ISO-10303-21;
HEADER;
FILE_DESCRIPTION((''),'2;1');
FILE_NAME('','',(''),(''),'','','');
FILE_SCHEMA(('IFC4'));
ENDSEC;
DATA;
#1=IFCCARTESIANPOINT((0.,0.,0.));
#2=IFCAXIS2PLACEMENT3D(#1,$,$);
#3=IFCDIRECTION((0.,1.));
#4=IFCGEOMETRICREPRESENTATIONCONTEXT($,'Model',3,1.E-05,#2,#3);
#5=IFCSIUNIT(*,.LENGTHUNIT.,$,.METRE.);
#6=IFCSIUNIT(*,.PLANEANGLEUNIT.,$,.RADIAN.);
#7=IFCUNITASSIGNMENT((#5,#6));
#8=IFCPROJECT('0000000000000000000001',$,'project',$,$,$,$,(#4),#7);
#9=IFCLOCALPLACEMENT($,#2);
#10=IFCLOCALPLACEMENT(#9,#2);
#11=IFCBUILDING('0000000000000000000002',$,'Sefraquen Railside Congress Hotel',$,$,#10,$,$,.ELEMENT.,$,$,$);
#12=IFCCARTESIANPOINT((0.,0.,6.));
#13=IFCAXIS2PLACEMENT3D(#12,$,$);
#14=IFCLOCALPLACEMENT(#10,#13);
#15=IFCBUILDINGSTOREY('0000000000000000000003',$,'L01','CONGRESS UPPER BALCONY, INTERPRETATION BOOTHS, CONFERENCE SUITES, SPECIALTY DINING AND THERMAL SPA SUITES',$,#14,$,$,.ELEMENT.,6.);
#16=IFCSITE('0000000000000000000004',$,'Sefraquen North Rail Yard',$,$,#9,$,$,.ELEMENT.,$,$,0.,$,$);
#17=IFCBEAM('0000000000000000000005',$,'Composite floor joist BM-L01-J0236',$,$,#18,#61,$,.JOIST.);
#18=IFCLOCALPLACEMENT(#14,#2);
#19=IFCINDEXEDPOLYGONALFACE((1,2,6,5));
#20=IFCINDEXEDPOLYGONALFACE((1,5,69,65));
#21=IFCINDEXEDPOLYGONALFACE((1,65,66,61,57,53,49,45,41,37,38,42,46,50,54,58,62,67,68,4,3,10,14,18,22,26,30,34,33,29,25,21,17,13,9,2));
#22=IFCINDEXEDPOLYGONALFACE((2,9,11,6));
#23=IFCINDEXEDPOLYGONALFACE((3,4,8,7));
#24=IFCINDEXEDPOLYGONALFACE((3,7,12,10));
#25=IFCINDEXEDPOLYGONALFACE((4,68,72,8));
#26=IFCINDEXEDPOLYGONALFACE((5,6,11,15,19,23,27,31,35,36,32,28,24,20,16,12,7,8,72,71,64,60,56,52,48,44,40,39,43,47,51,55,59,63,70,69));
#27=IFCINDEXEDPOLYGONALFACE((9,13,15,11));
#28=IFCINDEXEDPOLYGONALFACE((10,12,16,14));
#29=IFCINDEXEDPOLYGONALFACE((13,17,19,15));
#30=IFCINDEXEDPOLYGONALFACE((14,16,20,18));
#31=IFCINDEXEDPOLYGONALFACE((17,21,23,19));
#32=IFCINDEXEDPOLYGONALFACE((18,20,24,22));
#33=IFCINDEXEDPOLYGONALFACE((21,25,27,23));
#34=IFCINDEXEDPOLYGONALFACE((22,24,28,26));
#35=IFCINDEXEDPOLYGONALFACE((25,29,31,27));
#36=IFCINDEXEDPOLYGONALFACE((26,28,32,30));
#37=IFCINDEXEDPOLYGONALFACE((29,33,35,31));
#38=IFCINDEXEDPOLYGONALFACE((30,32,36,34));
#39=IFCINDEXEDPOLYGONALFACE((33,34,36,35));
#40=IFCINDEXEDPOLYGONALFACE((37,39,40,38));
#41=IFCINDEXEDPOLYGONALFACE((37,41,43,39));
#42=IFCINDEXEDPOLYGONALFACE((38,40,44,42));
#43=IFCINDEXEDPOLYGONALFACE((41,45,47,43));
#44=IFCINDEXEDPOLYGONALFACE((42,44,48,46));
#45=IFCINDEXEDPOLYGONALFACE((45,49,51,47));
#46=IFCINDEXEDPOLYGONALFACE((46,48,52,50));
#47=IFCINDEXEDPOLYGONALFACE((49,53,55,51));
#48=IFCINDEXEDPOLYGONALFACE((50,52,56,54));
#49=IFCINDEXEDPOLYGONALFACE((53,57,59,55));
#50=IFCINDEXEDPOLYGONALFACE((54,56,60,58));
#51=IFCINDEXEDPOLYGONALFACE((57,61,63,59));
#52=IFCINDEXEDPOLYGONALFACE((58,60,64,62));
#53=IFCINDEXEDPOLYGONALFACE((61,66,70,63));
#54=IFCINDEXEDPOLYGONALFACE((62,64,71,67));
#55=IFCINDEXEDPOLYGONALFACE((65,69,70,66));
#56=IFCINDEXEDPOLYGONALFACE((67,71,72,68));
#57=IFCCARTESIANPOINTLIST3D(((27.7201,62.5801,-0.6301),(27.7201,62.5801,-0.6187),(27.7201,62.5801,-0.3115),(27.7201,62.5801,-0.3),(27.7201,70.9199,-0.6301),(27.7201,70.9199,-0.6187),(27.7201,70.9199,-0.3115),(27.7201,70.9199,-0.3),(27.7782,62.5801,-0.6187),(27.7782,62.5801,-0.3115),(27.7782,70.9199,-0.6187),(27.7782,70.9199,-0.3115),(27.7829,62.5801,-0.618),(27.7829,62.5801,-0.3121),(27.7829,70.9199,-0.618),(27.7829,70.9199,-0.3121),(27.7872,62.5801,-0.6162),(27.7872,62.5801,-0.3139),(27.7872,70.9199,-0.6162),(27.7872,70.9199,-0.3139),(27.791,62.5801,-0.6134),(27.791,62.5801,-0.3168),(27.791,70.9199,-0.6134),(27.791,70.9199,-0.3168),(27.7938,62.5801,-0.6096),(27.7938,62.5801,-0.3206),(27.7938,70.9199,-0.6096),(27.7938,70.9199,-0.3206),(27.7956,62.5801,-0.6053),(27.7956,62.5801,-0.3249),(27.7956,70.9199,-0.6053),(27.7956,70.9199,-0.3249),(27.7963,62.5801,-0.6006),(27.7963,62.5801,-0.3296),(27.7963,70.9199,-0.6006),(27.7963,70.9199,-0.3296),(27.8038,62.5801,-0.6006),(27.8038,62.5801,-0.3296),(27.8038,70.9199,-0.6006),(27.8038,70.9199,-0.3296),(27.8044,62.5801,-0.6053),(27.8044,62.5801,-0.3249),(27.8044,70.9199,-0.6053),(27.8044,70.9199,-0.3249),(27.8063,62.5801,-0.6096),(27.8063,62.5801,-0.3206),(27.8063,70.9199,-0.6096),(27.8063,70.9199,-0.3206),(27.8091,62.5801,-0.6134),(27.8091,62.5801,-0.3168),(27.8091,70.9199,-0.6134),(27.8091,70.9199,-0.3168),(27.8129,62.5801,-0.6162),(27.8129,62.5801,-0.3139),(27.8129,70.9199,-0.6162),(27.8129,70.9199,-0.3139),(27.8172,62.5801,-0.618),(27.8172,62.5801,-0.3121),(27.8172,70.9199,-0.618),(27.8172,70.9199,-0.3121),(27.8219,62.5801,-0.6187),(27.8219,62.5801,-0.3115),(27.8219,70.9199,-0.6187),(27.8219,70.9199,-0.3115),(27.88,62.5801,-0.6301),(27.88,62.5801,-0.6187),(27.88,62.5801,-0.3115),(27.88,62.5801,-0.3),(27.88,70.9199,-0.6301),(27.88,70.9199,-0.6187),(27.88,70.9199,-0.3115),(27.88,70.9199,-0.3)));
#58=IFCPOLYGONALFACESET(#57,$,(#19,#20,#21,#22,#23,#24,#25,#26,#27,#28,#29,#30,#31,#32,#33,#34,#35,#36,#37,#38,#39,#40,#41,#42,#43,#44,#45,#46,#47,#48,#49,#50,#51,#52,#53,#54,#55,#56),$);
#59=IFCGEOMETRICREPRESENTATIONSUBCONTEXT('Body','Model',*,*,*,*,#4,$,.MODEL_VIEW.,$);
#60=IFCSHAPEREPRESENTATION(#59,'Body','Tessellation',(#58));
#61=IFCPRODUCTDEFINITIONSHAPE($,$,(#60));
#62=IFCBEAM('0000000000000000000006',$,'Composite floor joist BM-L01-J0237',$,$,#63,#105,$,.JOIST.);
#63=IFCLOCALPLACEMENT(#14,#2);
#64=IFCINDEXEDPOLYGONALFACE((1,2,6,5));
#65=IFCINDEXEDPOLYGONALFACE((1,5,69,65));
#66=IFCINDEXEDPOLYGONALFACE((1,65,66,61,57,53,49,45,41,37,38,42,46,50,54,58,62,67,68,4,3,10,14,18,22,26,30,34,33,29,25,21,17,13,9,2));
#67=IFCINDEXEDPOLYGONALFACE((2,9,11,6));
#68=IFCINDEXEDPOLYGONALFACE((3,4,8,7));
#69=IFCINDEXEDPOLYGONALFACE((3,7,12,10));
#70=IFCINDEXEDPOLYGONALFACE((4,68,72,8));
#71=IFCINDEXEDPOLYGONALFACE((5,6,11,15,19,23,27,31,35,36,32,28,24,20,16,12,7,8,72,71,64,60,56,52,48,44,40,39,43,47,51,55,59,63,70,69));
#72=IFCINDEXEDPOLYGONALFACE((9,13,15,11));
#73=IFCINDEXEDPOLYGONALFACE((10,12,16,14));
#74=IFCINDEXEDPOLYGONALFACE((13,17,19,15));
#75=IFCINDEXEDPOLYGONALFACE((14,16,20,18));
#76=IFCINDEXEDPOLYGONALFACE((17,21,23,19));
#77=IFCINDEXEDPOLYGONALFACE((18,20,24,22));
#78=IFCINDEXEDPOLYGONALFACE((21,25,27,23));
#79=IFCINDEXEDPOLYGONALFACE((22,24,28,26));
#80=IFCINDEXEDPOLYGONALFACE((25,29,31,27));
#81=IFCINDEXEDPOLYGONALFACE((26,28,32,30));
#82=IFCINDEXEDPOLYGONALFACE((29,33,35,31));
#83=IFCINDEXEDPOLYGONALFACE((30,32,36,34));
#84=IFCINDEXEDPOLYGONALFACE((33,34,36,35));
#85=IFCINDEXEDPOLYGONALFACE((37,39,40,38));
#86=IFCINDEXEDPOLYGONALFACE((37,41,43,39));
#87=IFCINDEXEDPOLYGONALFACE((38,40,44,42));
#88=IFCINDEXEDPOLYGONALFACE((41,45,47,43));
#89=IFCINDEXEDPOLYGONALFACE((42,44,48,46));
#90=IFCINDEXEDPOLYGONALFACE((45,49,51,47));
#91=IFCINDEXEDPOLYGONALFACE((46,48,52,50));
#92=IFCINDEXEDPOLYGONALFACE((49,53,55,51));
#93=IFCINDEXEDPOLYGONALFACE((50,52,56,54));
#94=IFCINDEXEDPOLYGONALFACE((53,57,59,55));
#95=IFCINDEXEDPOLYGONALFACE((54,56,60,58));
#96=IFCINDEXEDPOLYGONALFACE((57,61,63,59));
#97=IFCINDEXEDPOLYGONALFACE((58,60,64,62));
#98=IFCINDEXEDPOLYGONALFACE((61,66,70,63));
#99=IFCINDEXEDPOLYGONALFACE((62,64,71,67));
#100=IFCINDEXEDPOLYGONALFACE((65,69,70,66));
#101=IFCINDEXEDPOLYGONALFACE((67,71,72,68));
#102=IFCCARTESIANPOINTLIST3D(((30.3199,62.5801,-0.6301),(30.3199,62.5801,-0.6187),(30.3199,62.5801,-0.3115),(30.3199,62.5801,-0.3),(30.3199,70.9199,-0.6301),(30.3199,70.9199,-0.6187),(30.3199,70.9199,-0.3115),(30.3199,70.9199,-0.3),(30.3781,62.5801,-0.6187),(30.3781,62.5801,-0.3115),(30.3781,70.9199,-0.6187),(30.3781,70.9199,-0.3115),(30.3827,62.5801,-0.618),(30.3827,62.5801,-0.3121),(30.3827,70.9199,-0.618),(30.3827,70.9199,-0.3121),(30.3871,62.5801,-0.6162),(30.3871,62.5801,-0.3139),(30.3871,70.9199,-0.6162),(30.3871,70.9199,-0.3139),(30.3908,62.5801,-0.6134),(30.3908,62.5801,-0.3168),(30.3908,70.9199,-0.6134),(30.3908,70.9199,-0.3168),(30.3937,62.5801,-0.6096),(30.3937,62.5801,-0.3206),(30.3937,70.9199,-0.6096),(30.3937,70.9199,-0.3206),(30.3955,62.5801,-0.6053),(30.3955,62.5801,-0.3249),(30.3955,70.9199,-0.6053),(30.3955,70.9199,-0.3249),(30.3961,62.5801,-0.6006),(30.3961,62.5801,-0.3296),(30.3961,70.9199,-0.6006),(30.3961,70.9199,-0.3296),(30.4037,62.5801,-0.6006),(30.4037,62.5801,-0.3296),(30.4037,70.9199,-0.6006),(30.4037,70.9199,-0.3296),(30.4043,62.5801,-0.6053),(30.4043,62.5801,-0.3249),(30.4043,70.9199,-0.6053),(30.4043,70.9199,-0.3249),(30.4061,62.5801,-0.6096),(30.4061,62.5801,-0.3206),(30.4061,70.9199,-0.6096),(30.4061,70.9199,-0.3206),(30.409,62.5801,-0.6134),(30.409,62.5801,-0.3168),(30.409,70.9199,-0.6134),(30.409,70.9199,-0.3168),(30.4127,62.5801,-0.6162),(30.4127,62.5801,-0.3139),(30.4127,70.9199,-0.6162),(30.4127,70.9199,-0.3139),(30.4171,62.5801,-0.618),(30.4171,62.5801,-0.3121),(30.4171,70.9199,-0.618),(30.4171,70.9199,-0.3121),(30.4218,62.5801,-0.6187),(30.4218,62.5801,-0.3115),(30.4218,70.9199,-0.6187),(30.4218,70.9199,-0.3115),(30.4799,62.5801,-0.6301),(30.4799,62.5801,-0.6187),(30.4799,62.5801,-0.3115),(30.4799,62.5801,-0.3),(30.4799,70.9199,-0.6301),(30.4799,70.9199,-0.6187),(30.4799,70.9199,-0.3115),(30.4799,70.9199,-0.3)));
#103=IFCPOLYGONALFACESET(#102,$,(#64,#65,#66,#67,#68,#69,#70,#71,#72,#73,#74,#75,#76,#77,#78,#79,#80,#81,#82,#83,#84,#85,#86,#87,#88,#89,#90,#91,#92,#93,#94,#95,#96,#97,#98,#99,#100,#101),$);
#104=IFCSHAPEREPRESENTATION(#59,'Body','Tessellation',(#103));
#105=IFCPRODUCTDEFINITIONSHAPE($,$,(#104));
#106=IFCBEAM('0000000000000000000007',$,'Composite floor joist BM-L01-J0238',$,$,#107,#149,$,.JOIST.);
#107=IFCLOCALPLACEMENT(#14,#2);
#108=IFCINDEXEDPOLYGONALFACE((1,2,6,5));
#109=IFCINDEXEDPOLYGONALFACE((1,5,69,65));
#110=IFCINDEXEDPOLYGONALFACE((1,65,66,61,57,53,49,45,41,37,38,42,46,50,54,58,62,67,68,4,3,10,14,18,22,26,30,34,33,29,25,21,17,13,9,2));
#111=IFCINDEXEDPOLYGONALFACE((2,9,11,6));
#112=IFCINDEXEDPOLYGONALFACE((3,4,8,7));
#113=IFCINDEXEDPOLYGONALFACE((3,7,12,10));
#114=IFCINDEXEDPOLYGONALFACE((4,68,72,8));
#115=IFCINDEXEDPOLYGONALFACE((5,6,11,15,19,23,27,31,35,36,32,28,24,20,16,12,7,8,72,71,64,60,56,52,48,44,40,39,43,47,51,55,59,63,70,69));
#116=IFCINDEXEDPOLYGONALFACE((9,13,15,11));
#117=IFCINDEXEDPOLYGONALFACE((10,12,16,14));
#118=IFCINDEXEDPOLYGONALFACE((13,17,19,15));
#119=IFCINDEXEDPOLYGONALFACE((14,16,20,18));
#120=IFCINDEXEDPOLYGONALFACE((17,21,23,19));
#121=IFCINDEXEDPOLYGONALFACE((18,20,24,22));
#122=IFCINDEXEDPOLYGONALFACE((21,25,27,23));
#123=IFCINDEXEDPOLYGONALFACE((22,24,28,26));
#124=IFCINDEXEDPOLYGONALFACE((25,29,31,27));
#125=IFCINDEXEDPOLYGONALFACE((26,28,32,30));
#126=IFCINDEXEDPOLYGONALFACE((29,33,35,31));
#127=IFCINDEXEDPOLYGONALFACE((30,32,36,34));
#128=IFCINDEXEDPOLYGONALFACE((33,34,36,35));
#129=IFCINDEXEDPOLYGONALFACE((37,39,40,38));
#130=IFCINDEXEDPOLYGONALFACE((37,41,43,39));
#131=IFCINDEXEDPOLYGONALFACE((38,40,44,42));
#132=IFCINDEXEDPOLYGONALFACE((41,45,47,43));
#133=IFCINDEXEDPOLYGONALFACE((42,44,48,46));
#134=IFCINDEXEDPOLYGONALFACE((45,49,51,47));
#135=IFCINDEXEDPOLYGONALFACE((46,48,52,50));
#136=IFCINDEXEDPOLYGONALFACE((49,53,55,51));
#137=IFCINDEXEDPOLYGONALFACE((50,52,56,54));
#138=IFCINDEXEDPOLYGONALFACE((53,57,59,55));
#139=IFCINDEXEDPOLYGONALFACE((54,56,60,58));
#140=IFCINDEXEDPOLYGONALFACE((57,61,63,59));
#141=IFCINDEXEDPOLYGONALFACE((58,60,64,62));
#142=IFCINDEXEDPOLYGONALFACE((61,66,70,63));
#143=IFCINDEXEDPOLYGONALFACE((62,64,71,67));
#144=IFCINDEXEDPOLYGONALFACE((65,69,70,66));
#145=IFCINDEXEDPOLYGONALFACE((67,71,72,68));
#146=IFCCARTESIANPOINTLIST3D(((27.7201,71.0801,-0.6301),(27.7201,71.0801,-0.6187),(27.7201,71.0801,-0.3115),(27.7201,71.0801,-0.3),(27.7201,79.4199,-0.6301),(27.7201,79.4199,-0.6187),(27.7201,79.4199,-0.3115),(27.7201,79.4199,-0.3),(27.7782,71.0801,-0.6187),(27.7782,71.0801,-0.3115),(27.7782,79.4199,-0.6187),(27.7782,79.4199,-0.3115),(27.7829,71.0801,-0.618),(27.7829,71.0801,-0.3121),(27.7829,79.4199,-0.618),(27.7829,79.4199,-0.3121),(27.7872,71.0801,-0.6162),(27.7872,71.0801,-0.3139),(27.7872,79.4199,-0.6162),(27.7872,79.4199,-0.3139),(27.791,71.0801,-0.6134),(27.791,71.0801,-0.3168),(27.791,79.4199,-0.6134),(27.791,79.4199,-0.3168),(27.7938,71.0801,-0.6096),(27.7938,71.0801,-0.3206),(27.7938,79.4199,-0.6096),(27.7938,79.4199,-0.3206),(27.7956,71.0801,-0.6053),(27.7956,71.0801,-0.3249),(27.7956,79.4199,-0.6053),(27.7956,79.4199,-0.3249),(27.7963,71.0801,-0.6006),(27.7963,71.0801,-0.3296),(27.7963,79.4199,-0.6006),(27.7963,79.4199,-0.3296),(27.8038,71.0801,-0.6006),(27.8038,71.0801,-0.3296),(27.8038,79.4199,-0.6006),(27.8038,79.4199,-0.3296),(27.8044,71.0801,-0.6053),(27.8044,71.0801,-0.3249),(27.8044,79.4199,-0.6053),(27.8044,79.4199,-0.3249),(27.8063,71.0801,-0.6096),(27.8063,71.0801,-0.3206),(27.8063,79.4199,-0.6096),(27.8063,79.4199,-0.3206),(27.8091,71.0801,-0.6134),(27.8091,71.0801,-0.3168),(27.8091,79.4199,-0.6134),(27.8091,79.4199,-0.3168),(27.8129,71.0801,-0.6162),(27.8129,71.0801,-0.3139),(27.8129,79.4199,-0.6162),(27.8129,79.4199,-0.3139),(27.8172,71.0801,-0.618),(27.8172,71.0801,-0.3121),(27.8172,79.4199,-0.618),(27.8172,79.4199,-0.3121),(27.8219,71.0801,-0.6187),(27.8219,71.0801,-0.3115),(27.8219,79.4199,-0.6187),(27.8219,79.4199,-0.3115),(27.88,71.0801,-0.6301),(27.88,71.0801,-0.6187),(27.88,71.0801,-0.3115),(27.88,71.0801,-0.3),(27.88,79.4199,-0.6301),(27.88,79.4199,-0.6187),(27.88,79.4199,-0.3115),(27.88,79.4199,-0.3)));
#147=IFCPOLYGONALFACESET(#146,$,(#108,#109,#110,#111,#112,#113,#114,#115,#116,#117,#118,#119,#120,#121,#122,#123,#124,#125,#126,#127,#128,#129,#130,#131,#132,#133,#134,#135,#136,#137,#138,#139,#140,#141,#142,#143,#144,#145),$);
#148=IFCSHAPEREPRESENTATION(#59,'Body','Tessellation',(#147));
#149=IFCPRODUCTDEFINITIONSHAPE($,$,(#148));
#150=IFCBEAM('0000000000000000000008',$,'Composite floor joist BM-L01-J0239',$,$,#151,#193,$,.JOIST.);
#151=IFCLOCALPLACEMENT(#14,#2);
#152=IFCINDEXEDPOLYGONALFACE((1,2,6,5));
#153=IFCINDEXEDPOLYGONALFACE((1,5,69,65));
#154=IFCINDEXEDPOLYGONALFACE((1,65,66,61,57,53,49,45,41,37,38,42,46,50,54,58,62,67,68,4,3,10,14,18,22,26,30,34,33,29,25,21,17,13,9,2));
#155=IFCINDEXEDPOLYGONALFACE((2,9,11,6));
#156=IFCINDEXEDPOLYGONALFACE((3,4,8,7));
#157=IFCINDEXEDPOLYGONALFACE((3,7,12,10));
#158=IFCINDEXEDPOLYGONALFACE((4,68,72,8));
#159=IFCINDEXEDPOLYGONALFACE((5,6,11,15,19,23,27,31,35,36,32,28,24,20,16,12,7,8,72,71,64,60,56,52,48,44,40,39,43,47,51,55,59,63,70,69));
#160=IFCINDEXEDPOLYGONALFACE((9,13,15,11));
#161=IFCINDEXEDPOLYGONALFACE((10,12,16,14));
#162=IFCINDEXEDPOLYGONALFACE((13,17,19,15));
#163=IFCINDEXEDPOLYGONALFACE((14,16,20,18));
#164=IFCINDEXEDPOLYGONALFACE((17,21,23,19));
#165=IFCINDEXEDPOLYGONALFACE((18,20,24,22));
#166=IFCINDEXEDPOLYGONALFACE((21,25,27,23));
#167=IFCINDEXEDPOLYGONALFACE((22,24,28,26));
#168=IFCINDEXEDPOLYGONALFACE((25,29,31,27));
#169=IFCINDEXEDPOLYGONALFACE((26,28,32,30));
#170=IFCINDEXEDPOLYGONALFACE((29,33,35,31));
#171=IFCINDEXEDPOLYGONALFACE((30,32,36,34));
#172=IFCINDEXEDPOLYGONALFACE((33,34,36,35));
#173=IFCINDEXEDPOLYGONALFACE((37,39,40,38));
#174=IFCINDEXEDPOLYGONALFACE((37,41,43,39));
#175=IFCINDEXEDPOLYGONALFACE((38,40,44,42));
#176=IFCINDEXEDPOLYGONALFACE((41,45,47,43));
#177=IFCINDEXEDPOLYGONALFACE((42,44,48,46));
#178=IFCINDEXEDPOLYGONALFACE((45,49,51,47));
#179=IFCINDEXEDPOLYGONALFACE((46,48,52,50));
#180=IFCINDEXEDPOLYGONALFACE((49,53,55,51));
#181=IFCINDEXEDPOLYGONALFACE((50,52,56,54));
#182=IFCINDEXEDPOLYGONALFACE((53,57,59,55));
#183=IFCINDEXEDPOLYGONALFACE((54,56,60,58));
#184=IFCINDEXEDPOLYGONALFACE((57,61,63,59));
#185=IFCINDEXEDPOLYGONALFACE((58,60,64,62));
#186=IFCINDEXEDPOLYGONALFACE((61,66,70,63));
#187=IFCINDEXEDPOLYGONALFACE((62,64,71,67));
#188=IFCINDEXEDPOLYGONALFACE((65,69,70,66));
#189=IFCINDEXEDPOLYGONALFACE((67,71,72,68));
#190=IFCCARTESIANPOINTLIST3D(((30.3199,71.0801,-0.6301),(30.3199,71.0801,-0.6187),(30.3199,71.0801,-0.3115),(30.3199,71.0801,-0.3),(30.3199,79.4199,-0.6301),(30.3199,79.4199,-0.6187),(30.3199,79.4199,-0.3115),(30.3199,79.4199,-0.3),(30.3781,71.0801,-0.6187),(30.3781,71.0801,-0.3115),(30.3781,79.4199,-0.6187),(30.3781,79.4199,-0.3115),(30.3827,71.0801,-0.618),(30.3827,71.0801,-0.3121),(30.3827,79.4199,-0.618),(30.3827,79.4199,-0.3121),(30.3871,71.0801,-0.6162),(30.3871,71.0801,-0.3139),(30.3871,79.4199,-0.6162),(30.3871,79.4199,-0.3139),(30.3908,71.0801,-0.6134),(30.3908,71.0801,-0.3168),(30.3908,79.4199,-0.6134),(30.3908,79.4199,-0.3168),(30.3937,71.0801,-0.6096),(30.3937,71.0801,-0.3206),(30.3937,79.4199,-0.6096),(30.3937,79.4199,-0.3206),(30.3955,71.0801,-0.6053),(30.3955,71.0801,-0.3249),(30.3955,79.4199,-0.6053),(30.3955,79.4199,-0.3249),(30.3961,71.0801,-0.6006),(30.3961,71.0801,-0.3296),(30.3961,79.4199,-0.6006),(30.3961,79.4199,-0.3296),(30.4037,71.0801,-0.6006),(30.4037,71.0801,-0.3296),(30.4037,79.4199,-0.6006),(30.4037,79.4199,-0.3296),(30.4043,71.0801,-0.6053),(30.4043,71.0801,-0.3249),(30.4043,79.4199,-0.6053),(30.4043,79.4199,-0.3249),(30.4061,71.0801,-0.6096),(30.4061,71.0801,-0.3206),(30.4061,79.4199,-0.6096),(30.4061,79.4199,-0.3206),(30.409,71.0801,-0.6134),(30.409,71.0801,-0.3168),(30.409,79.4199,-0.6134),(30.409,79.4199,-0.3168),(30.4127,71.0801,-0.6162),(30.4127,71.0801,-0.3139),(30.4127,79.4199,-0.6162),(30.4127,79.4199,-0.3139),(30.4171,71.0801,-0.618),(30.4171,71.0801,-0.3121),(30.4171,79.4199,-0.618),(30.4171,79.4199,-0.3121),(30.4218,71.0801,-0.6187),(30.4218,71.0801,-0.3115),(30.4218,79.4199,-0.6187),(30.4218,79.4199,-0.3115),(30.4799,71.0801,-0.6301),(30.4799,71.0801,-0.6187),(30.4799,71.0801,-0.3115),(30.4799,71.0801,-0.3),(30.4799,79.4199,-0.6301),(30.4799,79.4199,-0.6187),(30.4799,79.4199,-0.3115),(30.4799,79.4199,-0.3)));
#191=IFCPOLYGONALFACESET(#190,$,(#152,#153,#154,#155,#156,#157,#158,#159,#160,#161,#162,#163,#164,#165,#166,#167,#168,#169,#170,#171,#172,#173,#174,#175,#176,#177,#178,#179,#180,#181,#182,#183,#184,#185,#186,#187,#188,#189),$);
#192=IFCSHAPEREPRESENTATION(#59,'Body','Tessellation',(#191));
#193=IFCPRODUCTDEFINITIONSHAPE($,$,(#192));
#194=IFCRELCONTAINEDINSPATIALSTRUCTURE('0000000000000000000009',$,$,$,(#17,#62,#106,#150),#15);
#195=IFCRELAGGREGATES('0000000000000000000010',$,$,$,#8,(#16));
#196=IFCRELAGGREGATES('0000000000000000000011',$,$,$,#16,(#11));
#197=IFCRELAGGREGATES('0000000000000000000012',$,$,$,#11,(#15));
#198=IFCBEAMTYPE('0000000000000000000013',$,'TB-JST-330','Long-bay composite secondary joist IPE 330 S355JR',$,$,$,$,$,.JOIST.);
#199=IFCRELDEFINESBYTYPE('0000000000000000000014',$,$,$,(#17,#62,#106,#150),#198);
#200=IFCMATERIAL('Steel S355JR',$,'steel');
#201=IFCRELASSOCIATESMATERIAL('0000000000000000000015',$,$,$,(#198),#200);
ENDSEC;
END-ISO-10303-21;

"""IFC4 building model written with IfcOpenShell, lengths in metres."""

from ifc_helpers import new_model, si_unit, direction, frame, origin, origin_2d, place, context, subcontext, project, spatial, i_section, extrude, material, material_profile, profile_set, type_object, element, save


model = new_model("IFC4")

# Units and contexts
model_context = context("Model", 3, precision=1e-05, world=origin(), true_north=direction((0.0, 1.0)))
body_context = subcontext(model_context, "Body", "Model", "MODEL_VIEW")
ifc_project = project(units=[si_unit("LENGTHUNIT", "METRE"), si_unit("PLANEANGLEUNIT", "RADIAN")], contexts=[model_context])

# Site, building, storey
site_placement = place(None, origin())
site = spatial("IfcSite", under=ifc_project, at=site_placement, Name="Sefraquen North Rail Yard", CompositionType="ELEMENT", RefElevation=0.0)
building_placement = place(site_placement, origin())
building = spatial("IfcBuilding", under=site, at=building_placement, Name="Sefraquen Railside Congress Hotel", CompositionType="ELEMENT")
storey_placement = place(building_placement, frame((0.0, 0.0, 6.0)))
storey = spatial("IfcBuildingStorey", under=building, at=storey_placement, Name="L01", Description="CONGRESS UPPER BALCONY, INTERPRETATION BOOTHS, CONFERENCE SUITES, SPECIALTY DINING AND THERMAL SPA SUITES", CompositionType="ELEMENT", Elevation=6.0)

# Shared definitions
ifc_material_1 = material(Name="Steel S355JR", Category="steel")

# Beams
ifc_material_profile_1 = material_profile(ifc_material_1, i_section(OverallWidth=0.1599, OverallDepth=0.3301, WebThickness=0.0076, FlangeThickness=0.0115, FilletRadius=0.0181, at=origin_2d()), Name="IPE 330")
ifc_profile_set_1 = profile_set([ifc_material_profile_1], Name="Steel S355JR")
beam_type_1 = type_object("IfcBeamType", Name="TB-JST-330", Description="Long-bay composite secondary joist IPE 330 S355JR", PredefinedType="JOIST", material=ifc_profile_set_1)
for number, where, z_axis, x_axis, name in (
    (1, (27.8, 62.5801, -0.4651), (0.0, 1.0, 0.0), (-1.0, 0.0, 0.0), "Composite floor joist BM-L01-J0236"),
    (2, (30.3999, 62.5801, -0.4651), (0.0, 1.0, 0.0), (-1.0, 0.0, 0.0), "Composite floor joist BM-L01-J0237"),
    (3, (27.8, 71.0801, -0.4651), (0.0, 1.0, 0.0), (-1.0, 0.0, 0.0), "Composite floor joist BM-L01-J0238"),
    (4, (30.3999, 71.0801, -0.4651), (0.0, 1.0, 0.0), (-1.0, 0.0, 0.0), "Composite floor joist BM-L01-J0239"),
):
    element("IfcBeam", number, at=place(storey_placement, frame(where, z_axis=z_axis, x_axis=x_axis)), inside=storey, type_object=beam_type_1, Name=name, PredefinedType="JOIST", context=body_context, shape_type="SweptSolid", body=[
        extrude(i_section(OverallWidth=0.1599, OverallDepth=0.3301, WebThickness=0.0076, FlangeThickness=0.0115, FilletRadius=0.0181, at=origin_2d()), origin(), (0.0, 0.0, 1.0), 8.3398),
    ])

save(model, "model.ifc")
